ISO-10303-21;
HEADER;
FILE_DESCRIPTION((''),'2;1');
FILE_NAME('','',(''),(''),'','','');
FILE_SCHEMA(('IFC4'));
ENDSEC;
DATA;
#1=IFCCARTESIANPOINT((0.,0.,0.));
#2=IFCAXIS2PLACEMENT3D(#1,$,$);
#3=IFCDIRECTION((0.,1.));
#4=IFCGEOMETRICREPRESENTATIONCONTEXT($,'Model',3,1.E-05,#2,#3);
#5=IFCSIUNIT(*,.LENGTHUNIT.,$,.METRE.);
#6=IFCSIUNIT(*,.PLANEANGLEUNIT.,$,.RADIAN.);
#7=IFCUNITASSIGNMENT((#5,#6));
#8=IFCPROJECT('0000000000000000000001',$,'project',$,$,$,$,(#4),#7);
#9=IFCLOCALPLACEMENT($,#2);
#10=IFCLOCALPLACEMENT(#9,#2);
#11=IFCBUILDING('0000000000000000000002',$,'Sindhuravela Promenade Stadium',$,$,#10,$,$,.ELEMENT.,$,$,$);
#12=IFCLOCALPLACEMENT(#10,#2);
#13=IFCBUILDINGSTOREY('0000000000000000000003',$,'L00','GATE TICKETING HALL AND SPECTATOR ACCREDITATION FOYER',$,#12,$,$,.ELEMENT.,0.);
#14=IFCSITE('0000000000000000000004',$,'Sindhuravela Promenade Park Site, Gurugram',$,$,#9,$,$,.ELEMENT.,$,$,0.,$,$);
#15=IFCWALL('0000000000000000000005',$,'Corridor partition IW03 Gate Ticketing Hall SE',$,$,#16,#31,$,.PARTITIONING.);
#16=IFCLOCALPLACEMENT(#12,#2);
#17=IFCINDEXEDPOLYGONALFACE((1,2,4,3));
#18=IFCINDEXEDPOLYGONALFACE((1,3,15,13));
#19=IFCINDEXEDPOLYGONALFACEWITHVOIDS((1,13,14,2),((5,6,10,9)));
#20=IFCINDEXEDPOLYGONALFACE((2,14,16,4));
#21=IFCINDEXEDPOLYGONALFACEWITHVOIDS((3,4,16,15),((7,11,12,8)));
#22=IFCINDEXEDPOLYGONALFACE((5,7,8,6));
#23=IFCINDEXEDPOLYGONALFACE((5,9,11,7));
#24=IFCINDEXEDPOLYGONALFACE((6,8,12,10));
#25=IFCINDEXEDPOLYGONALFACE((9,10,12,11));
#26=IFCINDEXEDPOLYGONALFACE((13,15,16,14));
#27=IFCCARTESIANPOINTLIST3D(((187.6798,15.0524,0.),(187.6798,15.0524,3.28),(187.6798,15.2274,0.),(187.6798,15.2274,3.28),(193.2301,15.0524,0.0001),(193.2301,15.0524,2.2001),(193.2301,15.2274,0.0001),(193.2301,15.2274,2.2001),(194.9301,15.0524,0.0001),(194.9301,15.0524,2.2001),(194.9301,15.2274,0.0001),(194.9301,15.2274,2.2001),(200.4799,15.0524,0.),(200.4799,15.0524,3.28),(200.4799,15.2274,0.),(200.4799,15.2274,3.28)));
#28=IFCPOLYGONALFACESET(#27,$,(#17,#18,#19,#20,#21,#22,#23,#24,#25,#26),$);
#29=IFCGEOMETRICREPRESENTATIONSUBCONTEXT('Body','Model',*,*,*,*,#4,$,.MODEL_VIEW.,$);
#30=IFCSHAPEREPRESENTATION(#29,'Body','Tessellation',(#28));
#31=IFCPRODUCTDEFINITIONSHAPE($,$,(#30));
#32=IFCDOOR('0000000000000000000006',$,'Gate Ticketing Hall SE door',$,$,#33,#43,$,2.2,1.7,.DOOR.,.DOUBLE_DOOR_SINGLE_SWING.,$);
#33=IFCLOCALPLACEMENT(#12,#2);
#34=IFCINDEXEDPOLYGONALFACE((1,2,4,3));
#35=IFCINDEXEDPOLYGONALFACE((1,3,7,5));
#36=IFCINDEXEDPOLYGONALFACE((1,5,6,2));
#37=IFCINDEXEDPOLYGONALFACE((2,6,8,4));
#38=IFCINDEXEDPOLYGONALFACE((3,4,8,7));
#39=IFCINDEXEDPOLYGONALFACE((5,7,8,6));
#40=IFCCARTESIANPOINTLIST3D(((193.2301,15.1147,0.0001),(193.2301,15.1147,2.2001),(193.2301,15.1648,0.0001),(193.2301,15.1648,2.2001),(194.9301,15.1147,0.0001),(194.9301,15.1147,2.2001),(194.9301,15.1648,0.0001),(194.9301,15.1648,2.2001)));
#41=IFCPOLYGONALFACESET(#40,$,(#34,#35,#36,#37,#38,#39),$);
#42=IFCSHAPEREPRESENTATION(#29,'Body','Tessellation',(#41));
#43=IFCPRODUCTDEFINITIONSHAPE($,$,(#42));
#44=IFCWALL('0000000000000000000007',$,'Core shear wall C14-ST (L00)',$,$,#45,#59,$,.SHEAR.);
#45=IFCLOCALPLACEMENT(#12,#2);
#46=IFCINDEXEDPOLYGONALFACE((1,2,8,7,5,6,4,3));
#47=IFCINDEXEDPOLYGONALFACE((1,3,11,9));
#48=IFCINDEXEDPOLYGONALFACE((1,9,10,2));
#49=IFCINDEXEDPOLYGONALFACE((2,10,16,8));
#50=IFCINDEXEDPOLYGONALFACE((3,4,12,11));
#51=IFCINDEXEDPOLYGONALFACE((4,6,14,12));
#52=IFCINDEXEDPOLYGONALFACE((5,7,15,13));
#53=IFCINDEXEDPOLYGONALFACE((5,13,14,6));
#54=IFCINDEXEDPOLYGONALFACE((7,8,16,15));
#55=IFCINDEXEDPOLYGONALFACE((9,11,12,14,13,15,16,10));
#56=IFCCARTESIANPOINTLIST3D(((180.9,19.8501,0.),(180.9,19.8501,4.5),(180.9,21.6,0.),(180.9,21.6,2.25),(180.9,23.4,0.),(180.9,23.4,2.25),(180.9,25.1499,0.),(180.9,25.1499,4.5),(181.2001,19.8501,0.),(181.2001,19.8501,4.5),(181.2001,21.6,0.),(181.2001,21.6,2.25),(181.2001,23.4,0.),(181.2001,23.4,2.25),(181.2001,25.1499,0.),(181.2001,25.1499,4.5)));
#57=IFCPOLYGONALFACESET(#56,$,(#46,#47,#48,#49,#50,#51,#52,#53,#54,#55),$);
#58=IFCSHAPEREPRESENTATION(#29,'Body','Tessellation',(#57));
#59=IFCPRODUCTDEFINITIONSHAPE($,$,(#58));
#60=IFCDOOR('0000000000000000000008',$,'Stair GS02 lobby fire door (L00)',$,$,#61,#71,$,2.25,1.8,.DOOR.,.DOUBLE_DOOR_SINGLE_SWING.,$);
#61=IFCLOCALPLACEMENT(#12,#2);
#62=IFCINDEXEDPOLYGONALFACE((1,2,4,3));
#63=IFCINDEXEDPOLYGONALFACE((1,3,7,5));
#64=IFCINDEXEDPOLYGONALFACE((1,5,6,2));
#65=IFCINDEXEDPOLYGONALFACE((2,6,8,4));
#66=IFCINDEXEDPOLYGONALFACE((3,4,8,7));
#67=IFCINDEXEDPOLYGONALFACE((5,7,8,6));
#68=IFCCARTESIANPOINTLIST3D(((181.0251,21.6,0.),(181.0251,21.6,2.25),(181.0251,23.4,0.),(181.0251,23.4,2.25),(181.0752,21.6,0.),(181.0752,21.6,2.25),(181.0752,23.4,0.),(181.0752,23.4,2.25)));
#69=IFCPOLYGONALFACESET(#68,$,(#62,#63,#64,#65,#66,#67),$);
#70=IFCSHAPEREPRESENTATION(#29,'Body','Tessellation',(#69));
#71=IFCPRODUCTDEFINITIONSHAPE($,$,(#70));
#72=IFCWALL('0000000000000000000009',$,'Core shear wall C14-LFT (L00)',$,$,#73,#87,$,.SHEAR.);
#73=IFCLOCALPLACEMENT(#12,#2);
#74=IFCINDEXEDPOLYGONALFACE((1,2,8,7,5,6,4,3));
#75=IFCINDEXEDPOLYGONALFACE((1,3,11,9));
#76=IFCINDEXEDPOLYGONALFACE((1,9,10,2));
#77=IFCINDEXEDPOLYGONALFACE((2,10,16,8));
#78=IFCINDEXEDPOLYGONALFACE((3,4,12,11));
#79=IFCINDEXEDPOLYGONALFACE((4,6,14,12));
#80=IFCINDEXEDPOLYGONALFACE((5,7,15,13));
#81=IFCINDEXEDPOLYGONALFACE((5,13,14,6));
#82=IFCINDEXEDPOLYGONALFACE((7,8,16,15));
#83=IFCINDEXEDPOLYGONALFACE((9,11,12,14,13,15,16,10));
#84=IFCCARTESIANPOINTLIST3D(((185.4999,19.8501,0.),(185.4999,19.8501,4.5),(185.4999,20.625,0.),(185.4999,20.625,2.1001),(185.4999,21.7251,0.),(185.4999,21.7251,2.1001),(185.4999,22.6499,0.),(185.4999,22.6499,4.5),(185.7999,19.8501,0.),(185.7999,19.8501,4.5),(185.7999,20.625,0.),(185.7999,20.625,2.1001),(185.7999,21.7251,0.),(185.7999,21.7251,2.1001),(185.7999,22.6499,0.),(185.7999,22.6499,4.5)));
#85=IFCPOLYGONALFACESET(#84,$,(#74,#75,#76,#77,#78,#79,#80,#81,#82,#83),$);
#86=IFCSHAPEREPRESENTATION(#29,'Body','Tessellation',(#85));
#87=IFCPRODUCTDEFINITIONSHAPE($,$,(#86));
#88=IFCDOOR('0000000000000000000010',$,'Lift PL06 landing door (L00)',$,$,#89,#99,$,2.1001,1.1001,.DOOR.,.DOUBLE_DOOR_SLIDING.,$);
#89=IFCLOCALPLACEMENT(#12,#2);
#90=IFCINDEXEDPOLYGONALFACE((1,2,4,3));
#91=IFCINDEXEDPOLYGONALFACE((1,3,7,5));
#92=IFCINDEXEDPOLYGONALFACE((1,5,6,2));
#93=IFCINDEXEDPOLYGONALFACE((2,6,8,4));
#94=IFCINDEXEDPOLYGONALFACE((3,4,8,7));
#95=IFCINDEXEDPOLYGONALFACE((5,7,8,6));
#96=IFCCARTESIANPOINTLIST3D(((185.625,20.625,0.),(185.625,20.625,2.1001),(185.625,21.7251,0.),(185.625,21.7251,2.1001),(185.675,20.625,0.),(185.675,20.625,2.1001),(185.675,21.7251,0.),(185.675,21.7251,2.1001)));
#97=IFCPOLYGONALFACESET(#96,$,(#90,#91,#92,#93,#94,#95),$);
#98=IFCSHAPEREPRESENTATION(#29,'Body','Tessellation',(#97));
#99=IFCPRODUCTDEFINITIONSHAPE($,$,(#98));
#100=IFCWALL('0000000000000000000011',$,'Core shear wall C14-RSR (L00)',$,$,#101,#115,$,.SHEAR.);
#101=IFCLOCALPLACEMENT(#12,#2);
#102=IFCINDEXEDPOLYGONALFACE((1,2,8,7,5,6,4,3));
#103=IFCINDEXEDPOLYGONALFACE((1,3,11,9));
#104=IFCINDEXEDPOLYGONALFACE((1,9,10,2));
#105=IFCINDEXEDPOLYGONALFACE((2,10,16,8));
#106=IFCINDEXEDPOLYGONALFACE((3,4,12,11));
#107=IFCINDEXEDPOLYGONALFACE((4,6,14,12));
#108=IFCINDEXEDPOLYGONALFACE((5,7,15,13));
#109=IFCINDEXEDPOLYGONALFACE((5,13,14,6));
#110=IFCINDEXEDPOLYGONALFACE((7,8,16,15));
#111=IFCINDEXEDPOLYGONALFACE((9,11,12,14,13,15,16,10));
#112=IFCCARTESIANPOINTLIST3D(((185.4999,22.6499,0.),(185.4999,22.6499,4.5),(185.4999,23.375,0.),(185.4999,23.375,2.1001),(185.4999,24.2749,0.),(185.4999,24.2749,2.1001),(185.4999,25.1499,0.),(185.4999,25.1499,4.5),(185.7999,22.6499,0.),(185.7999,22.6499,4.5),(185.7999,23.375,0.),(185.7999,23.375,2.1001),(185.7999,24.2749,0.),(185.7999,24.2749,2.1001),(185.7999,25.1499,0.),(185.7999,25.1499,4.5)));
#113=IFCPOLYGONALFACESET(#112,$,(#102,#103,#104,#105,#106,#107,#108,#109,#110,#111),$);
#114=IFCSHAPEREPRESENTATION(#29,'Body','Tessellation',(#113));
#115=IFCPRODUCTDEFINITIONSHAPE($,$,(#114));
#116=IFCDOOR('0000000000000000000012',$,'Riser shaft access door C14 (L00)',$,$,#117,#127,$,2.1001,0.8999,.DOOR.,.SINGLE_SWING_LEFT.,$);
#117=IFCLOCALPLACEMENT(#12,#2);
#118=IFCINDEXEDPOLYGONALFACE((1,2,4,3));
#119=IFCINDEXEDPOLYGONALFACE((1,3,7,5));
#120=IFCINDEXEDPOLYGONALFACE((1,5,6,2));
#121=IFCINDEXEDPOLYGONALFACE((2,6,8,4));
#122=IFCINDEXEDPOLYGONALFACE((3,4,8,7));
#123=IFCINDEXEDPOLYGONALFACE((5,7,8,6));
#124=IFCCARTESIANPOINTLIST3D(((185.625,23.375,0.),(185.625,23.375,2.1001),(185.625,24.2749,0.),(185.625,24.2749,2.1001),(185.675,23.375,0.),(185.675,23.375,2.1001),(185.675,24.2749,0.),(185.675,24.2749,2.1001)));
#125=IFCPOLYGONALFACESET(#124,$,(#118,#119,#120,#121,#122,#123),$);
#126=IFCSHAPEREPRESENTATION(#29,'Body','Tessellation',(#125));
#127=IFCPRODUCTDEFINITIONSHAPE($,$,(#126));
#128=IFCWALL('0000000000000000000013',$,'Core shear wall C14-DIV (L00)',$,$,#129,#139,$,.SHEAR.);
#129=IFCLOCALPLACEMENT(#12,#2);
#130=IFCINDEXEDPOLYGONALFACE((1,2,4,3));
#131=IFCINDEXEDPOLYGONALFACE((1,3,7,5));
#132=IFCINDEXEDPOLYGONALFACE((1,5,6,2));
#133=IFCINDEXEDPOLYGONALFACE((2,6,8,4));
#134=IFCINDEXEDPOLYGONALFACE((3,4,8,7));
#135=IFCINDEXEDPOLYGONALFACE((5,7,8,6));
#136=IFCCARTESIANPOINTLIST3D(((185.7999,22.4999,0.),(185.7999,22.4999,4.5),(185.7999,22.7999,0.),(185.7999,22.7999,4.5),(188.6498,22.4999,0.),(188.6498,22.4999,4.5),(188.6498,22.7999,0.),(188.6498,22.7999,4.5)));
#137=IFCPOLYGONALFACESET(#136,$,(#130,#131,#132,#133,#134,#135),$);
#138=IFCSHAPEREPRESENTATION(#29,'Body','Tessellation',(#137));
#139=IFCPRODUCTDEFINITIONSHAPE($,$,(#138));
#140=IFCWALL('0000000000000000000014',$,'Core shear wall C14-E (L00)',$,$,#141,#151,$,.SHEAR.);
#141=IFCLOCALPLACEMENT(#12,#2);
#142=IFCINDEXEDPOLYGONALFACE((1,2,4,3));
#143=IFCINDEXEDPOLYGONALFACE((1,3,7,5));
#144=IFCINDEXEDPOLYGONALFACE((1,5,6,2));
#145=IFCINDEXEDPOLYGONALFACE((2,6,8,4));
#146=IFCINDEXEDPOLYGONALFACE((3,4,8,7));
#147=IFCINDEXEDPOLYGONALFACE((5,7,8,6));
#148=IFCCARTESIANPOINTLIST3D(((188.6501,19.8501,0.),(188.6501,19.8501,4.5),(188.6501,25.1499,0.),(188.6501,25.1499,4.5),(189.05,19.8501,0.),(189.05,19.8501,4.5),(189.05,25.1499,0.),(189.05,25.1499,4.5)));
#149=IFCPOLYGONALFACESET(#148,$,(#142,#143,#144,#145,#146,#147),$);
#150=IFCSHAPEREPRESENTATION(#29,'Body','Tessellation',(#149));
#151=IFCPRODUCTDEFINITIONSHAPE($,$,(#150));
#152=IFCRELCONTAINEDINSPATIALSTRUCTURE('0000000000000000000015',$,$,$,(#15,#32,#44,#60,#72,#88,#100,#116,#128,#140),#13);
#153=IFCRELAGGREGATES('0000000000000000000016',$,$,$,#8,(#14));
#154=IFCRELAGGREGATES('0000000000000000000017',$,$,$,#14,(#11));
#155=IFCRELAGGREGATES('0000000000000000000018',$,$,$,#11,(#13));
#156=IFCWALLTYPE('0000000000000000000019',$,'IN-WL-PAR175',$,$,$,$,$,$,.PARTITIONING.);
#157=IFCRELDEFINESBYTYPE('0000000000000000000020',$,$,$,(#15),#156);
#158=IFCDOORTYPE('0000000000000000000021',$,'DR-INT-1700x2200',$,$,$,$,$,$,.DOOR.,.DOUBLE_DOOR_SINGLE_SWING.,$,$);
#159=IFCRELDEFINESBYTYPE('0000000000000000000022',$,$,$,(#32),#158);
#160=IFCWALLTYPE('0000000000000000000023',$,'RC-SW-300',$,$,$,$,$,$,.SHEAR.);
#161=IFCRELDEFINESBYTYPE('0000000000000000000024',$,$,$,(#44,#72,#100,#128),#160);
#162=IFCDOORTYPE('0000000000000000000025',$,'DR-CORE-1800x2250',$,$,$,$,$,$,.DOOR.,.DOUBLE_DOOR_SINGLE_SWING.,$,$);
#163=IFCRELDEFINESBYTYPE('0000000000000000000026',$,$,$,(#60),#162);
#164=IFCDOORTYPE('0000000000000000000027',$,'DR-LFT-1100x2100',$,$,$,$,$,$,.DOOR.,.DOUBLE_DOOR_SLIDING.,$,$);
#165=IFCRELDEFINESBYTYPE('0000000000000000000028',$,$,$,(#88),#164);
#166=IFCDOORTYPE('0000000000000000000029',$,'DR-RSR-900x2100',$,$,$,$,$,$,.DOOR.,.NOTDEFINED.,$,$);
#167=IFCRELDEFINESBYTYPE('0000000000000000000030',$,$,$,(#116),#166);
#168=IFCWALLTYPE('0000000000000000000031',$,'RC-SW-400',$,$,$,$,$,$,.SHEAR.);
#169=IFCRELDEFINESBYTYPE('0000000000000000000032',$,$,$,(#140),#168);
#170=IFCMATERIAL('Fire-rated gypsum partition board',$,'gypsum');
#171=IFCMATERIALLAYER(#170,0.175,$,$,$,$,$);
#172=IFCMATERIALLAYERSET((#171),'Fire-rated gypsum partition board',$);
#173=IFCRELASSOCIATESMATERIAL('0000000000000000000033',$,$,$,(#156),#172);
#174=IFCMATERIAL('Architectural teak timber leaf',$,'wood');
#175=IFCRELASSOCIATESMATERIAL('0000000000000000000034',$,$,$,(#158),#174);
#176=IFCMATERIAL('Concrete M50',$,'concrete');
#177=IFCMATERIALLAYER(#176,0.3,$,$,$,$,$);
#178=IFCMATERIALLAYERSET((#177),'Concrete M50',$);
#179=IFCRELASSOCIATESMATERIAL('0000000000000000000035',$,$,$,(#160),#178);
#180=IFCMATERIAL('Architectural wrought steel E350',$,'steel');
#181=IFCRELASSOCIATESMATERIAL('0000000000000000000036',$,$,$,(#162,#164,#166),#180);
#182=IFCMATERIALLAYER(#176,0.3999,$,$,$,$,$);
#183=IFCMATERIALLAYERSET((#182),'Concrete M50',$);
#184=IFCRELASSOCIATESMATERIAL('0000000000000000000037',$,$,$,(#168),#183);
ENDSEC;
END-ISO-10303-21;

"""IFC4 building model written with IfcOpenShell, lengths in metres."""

from ifc_helpers import new_model, si_unit, direction, frame, frame_2d, origin, place, context, subcontext, project, spatial, rectangle, extrude, material, layer, layer_set, type_object, element, fill, save


model = new_model("IFC4")

# Units and contexts
model_context = context("Model", 3, precision=1e-05, world=origin(), true_north=direction((0.0, 1.0)))
body_context = subcontext(model_context, "Body", "Model", "MODEL_VIEW")
ifc_project = project(units=[si_unit("LENGTHUNIT", "METRE"), si_unit("PLANEANGLEUNIT", "RADIAN")], contexts=[model_context])

# Site, building, storey
site_placement = place(None, origin())
site = spatial("IfcSite", under=ifc_project, at=site_placement, Name="Sindhuravela Promenade Park Site, Gurugram", CompositionType="ELEMENT", RefElevation=0.0)
building_placement = place(site_placement, origin())
building = spatial("IfcBuilding", under=site, at=building_placement, Name="Sindhuravela Promenade Stadium", CompositionType="ELEMENT")
storey_placement = place(building_placement, origin())
storey = spatial("IfcBuildingStorey", under=building, at=storey_placement, Name="L00", Description="GATE TICKETING HALL AND SPECTATOR ACCREDITATION FOYER", CompositionType="ELEMENT", Elevation=0.0)

# Shared definitions
ifc_material_1 = material(Name="Concrete M50", Category="concrete")

# Shared definitions
ifc_material_2 = material(Name="Fire-rated gypsum partition board", Category="gypsum")

# Shared definitions
ifc_material_3 = material(Name="Architectural teak timber leaf", Category="wood")

# Walls, openings, doors
ifc_layer_1 = layer(ifc_material_2, 0.175)
ifc_layer_set_1 = layer_set([ifc_layer_1], Name="Fire-rated gypsum partition board")
wall_type_1 = type_object("IfcWallType", Name="IN-WL-PAR175", PredefinedType="PARTITIONING", material=ifc_layer_set_1)
wall_1_placement = place(storey_placement, frame((187.6799, 15.1399, 0.0), z_axis=(0.0, 0.0, 1.0), x_axis=(1.0, 0.0, 0.0)))
wall_1 = element("IfcWall", 1, at=wall_1_placement, inside=storey, type_object=wall_type_1, Name="Corridor partition IW03 Gate Ticketing Hall SE", PredefinedType="PARTITIONING", context=body_context, shape_type="SweptSolid", body=[
    extrude(rectangle(XDim=12.8, YDim=0.175, at=frame_2d((6.3999, 0.0))), origin(), (0.0, 0.0, 1.0), 3.28),
])
opening_1_placement = place(wall_1_placement, frame((5.55, 0.0, 0.0)))
opening_1 = element("IfcOpeningElement", 2, at=opening_1_placement, cuts=wall_1, PredefinedType="OPENING", context=body_context, shape_type="SweptSolid", body=[
    extrude(rectangle(XDim=1.7, YDim=2.2, at=frame_2d((0.8501, 1.1001))), frame((0.0, 0.0974, 0.0), z_axis=(0.0, -1.0, 0.0), x_axis=(1.0, 0.0, 0.0)), (0.0, 0.0, 1.0), 0.1951),
])
door_type_1 = type_object("IfcDoorType", Name="DR-INT-1700x2200", OperationType="DOUBLE_DOOR_SINGLE_SWING", PredefinedType="DOOR", material=ifc_material_3)
door_1_placement = place(opening_1_placement, origin())
door_1 = element("IfcDoor", 3, at=door_1_placement, inside=storey, type_object=door_type_1, Name="Gate Ticketing Hall SE door", OperationType="DOUBLE_DOOR_SINGLE_SWING", OverallHeight=2.2, OverallWidth=1.7, PredefinedType="DOOR", context=body_context, shape_type="SweptSolid", body=[
    extrude(rectangle(XDim=1.7, YDim=2.2, at=frame_2d((0.8501, 1.1001))), frame((0.0, 0.0249, 0.0), z_axis=(0.0, -1.0, 0.0), x_axis=(1.0, 0.0, 0.0)), (0.0, 0.0, 1.0), 0.05),
])
fill(opening_1, door_1)
ifc_layer_2 = layer(ifc_material_1, 0.3)
ifc_layer_set_2 = layer_set([ifc_layer_2], Name="Concrete M50")
wall_type_2 = type_object("IfcWallType", Name="RC-SW-300", PredefinedType="SHEAR", material=ifc_layer_set_2)
wall_2_placement = place(storey_placement, frame((181.05, 19.8501, 0.0), z_axis=(0.0, 0.0, 1.0), x_axis=(0.0, 1.0, 0.0)))
wall_2 = element("IfcWall", 4, at=wall_2_placement, inside=storey, type_object=wall_type_2, Name="Core shear wall C14-ST (L00)", PredefinedType="SHEAR", context=body_context, shape_type="SweptSolid", body=[
    extrude(rectangle(XDim=5.2998, YDim=0.3, at=frame_2d((2.6499, 0.0))), origin(), (0.0, 0.0, 1.0), 4.5),
])
opening_2_placement = place(wall_2_placement, frame((1.75, 0.0, 0.0)))
opening_2 = element("IfcOpeningElement", 5, at=opening_2_placement, cuts=wall_2, PredefinedType="OPENING", context=body_context, shape_type="SweptSolid", body=[
    extrude(rectangle(XDim=1.8, YDim=2.25, at=frame_2d((0.8999, 1.125))), frame((0.0, 0.1599, 0.0), z_axis=(0.0, -1.0, 0.0), x_axis=(1.0, 0.0, 0.0)), (0.0, 0.0, 1.0), 0.3201),
])
ifc_material_4 = material(Name="Architectural wrought steel E350", Category="steel")
door_type_2 = type_object("IfcDoorType", Name="DR-CORE-1800x2250", OperationType="DOUBLE_DOOR_SINGLE_SWING", PredefinedType="DOOR", material=ifc_material_4)
door_2_placement = place(opening_2_placement, origin())
door_2 = element("IfcDoor", 6, at=door_2_placement, inside=storey, type_object=door_type_2, Name="Stair GS02 lobby fire door (L00)", OperationType="DOUBLE_DOOR_SINGLE_SWING", OverallHeight=2.25, OverallWidth=1.8, PredefinedType="DOOR", context=body_context, shape_type="SweptSolid", body=[
    extrude(rectangle(XDim=1.8, YDim=2.25, at=frame_2d((0.8999, 1.125))), frame((0.0, 0.0249, 0.0), z_axis=(0.0, -1.0, 0.0), x_axis=(1.0, 0.0, 0.0)), (0.0, 0.0, 1.0), 0.05),
])
fill(opening_2, door_2)
wall_3_placement = place(storey_placement, frame((185.6499, 19.8501, 0.0), z_axis=(0.0, 0.0, 1.0), x_axis=(0.0, 1.0, 0.0)))
wall_3 = element("IfcWall", 7, at=wall_3_placement, inside=storey, type_object=wall_type_2, Name="Core shear wall C14-LFT (L00)", PredefinedType="SHEAR", context=body_context, shape_type="SweptSolid", body=[
    extrude(rectangle(XDim=2.7998, YDim=0.3, at=frame_2d((1.3999, 0.0))), origin(), (0.0, 0.0, 1.0), 4.5),
])
opening_3_placement = place(wall_3_placement, frame((0.7749, 0.0, 0.0)))
opening_3 = element("IfcOpeningElement", 8, at=opening_3_placement, cuts=wall_3, PredefinedType="OPENING", context=body_context, shape_type="SweptSolid", body=[
    extrude(rectangle(XDim=1.1001, YDim=2.1001, at=frame_2d((0.55, 1.05))), frame((0.0, 0.1599, 0.0), z_axis=(0.0, -1.0, 0.0), x_axis=(1.0, 0.0, 0.0)), (0.0, 0.0, 1.0), 0.3201),
])
door_type_3 = type_object("IfcDoorType", Name="DR-LFT-1100x2100", OperationType="DOUBLE_DOOR_SLIDING", PredefinedType="DOOR", material=ifc_material_4)
door_3_placement = place(opening_3_placement, origin())
door_3 = element("IfcDoor", 9, at=door_3_placement, inside=storey, type_object=door_type_3, Name="Lift PL06 landing door (L00)", OperationType="DOUBLE_DOOR_SLIDING", OverallHeight=2.1001, OverallWidth=1.1001, PredefinedType="DOOR", context=body_context, shape_type="SweptSolid", body=[
    extrude(rectangle(XDim=1.1001, YDim=2.1001, at=frame_2d((0.55, 1.05))), frame((0.0, 0.0249, 0.0), z_axis=(0.0, -1.0, 0.0), x_axis=(1.0, 0.0, 0.0)), (0.0, 0.0, 1.0), 0.05),
])
fill(opening_3, door_3)
wall_4_placement = place(storey_placement, frame((185.6499, 22.6499, 0.0), z_axis=(0.0, 0.0, 1.0), x_axis=(0.0, 1.0, 0.0)))
wall_4 = element("IfcWall", 10, at=wall_4_placement, inside=storey, type_object=wall_type_2, Name="Core shear wall C14-RSR (L00)", PredefinedType="SHEAR", context=body_context, shape_type="SweptSolid", body=[
    extrude(rectangle(XDim=2.5, YDim=0.3, at=frame_2d((1.25, 0.0))), origin(), (0.0, 0.0, 1.0), 4.5),
])
opening_4_placement = place(wall_4_placement, frame((0.7251, 0.0, 0.0)))
opening_4 = element("IfcOpeningElement", 11, at=opening_4_placement, cuts=wall_4, PredefinedType="OPENING", context=body_context, shape_type="SweptSolid", body=[
    extrude(rectangle(XDim=0.8999, YDim=2.1001, at=frame_2d((0.45, 1.05))), frame((0.0, 0.1599, 0.0), z_axis=(0.0, -1.0, 0.0), x_axis=(1.0, 0.0, 0.0)), (0.0, 0.0, 1.0), 0.3201),
])
door_type_4 = type_object("IfcDoorType", Name="DR-RSR-900x2100", OperationType="NOTDEFINED", PredefinedType="DOOR", material=ifc_material_4)
door_4_placement = place(opening_4_placement, origin())
door_4 = element("IfcDoor", 12, at=door_4_placement, inside=storey, type_object=door_type_4, Name="Riser shaft access door C14 (L00)", OperationType="SINGLE_SWING_LEFT", OverallHeight=2.1001, OverallWidth=0.8999, PredefinedType="DOOR", context=body_context, shape_type="SweptSolid", body=[
    extrude(rectangle(XDim=0.8999, YDim=2.1001, at=frame_2d((0.45, 1.05))), frame((0.0, 0.0249, 0.0), z_axis=(0.0, -1.0, 0.0), x_axis=(1.0, 0.0, 0.0)), (0.0, 0.0, 1.0), 0.05),
])
fill(opening_4, door_4)

# Walls
wall_5_placement = place(storey_placement, frame((185.8, 22.6499, 0.0), z_axis=(0.0, 0.0, 1.0), x_axis=(1.0, 0.0, 0.0)))
element("IfcWall", 13, at=wall_5_placement, inside=storey, type_object=wall_type_2, Name="Core shear wall C14-DIV (L00)", PredefinedType="SHEAR", context=body_context, shape_type="SweptSolid", body=[
    extrude(rectangle(XDim=2.8499, YDim=0.3, at=frame_2d((1.4248, 0.0))), origin(), (0.0, 0.0, 1.0), 4.5),
])
ifc_layer_3 = layer(ifc_material_1, 0.3999)
ifc_layer_set_3 = layer_set([ifc_layer_3], Name="Concrete M50")
wall_type_3 = type_object("IfcWallType", Name="RC-SW-400", PredefinedType="SHEAR", material=ifc_layer_set_3)
wall_6_placement = place(storey_placement, frame((188.8501, 19.8501, 0.0), z_axis=(0.0, 0.0, 1.0), x_axis=(0.0, 1.0, 0.0)))
element("IfcWall", 14, at=wall_6_placement, inside=storey, type_object=wall_type_3, Name="Core shear wall C14-E (L00)", PredefinedType="SHEAR", context=body_context, shape_type="SweptSolid", body=[
    extrude(rectangle(XDim=5.2998, YDim=0.3999, at=frame_2d((2.6499, 0.0))), origin(), (0.0, 0.0, 1.0), 4.5),
])

save(model, "model.ifc")
